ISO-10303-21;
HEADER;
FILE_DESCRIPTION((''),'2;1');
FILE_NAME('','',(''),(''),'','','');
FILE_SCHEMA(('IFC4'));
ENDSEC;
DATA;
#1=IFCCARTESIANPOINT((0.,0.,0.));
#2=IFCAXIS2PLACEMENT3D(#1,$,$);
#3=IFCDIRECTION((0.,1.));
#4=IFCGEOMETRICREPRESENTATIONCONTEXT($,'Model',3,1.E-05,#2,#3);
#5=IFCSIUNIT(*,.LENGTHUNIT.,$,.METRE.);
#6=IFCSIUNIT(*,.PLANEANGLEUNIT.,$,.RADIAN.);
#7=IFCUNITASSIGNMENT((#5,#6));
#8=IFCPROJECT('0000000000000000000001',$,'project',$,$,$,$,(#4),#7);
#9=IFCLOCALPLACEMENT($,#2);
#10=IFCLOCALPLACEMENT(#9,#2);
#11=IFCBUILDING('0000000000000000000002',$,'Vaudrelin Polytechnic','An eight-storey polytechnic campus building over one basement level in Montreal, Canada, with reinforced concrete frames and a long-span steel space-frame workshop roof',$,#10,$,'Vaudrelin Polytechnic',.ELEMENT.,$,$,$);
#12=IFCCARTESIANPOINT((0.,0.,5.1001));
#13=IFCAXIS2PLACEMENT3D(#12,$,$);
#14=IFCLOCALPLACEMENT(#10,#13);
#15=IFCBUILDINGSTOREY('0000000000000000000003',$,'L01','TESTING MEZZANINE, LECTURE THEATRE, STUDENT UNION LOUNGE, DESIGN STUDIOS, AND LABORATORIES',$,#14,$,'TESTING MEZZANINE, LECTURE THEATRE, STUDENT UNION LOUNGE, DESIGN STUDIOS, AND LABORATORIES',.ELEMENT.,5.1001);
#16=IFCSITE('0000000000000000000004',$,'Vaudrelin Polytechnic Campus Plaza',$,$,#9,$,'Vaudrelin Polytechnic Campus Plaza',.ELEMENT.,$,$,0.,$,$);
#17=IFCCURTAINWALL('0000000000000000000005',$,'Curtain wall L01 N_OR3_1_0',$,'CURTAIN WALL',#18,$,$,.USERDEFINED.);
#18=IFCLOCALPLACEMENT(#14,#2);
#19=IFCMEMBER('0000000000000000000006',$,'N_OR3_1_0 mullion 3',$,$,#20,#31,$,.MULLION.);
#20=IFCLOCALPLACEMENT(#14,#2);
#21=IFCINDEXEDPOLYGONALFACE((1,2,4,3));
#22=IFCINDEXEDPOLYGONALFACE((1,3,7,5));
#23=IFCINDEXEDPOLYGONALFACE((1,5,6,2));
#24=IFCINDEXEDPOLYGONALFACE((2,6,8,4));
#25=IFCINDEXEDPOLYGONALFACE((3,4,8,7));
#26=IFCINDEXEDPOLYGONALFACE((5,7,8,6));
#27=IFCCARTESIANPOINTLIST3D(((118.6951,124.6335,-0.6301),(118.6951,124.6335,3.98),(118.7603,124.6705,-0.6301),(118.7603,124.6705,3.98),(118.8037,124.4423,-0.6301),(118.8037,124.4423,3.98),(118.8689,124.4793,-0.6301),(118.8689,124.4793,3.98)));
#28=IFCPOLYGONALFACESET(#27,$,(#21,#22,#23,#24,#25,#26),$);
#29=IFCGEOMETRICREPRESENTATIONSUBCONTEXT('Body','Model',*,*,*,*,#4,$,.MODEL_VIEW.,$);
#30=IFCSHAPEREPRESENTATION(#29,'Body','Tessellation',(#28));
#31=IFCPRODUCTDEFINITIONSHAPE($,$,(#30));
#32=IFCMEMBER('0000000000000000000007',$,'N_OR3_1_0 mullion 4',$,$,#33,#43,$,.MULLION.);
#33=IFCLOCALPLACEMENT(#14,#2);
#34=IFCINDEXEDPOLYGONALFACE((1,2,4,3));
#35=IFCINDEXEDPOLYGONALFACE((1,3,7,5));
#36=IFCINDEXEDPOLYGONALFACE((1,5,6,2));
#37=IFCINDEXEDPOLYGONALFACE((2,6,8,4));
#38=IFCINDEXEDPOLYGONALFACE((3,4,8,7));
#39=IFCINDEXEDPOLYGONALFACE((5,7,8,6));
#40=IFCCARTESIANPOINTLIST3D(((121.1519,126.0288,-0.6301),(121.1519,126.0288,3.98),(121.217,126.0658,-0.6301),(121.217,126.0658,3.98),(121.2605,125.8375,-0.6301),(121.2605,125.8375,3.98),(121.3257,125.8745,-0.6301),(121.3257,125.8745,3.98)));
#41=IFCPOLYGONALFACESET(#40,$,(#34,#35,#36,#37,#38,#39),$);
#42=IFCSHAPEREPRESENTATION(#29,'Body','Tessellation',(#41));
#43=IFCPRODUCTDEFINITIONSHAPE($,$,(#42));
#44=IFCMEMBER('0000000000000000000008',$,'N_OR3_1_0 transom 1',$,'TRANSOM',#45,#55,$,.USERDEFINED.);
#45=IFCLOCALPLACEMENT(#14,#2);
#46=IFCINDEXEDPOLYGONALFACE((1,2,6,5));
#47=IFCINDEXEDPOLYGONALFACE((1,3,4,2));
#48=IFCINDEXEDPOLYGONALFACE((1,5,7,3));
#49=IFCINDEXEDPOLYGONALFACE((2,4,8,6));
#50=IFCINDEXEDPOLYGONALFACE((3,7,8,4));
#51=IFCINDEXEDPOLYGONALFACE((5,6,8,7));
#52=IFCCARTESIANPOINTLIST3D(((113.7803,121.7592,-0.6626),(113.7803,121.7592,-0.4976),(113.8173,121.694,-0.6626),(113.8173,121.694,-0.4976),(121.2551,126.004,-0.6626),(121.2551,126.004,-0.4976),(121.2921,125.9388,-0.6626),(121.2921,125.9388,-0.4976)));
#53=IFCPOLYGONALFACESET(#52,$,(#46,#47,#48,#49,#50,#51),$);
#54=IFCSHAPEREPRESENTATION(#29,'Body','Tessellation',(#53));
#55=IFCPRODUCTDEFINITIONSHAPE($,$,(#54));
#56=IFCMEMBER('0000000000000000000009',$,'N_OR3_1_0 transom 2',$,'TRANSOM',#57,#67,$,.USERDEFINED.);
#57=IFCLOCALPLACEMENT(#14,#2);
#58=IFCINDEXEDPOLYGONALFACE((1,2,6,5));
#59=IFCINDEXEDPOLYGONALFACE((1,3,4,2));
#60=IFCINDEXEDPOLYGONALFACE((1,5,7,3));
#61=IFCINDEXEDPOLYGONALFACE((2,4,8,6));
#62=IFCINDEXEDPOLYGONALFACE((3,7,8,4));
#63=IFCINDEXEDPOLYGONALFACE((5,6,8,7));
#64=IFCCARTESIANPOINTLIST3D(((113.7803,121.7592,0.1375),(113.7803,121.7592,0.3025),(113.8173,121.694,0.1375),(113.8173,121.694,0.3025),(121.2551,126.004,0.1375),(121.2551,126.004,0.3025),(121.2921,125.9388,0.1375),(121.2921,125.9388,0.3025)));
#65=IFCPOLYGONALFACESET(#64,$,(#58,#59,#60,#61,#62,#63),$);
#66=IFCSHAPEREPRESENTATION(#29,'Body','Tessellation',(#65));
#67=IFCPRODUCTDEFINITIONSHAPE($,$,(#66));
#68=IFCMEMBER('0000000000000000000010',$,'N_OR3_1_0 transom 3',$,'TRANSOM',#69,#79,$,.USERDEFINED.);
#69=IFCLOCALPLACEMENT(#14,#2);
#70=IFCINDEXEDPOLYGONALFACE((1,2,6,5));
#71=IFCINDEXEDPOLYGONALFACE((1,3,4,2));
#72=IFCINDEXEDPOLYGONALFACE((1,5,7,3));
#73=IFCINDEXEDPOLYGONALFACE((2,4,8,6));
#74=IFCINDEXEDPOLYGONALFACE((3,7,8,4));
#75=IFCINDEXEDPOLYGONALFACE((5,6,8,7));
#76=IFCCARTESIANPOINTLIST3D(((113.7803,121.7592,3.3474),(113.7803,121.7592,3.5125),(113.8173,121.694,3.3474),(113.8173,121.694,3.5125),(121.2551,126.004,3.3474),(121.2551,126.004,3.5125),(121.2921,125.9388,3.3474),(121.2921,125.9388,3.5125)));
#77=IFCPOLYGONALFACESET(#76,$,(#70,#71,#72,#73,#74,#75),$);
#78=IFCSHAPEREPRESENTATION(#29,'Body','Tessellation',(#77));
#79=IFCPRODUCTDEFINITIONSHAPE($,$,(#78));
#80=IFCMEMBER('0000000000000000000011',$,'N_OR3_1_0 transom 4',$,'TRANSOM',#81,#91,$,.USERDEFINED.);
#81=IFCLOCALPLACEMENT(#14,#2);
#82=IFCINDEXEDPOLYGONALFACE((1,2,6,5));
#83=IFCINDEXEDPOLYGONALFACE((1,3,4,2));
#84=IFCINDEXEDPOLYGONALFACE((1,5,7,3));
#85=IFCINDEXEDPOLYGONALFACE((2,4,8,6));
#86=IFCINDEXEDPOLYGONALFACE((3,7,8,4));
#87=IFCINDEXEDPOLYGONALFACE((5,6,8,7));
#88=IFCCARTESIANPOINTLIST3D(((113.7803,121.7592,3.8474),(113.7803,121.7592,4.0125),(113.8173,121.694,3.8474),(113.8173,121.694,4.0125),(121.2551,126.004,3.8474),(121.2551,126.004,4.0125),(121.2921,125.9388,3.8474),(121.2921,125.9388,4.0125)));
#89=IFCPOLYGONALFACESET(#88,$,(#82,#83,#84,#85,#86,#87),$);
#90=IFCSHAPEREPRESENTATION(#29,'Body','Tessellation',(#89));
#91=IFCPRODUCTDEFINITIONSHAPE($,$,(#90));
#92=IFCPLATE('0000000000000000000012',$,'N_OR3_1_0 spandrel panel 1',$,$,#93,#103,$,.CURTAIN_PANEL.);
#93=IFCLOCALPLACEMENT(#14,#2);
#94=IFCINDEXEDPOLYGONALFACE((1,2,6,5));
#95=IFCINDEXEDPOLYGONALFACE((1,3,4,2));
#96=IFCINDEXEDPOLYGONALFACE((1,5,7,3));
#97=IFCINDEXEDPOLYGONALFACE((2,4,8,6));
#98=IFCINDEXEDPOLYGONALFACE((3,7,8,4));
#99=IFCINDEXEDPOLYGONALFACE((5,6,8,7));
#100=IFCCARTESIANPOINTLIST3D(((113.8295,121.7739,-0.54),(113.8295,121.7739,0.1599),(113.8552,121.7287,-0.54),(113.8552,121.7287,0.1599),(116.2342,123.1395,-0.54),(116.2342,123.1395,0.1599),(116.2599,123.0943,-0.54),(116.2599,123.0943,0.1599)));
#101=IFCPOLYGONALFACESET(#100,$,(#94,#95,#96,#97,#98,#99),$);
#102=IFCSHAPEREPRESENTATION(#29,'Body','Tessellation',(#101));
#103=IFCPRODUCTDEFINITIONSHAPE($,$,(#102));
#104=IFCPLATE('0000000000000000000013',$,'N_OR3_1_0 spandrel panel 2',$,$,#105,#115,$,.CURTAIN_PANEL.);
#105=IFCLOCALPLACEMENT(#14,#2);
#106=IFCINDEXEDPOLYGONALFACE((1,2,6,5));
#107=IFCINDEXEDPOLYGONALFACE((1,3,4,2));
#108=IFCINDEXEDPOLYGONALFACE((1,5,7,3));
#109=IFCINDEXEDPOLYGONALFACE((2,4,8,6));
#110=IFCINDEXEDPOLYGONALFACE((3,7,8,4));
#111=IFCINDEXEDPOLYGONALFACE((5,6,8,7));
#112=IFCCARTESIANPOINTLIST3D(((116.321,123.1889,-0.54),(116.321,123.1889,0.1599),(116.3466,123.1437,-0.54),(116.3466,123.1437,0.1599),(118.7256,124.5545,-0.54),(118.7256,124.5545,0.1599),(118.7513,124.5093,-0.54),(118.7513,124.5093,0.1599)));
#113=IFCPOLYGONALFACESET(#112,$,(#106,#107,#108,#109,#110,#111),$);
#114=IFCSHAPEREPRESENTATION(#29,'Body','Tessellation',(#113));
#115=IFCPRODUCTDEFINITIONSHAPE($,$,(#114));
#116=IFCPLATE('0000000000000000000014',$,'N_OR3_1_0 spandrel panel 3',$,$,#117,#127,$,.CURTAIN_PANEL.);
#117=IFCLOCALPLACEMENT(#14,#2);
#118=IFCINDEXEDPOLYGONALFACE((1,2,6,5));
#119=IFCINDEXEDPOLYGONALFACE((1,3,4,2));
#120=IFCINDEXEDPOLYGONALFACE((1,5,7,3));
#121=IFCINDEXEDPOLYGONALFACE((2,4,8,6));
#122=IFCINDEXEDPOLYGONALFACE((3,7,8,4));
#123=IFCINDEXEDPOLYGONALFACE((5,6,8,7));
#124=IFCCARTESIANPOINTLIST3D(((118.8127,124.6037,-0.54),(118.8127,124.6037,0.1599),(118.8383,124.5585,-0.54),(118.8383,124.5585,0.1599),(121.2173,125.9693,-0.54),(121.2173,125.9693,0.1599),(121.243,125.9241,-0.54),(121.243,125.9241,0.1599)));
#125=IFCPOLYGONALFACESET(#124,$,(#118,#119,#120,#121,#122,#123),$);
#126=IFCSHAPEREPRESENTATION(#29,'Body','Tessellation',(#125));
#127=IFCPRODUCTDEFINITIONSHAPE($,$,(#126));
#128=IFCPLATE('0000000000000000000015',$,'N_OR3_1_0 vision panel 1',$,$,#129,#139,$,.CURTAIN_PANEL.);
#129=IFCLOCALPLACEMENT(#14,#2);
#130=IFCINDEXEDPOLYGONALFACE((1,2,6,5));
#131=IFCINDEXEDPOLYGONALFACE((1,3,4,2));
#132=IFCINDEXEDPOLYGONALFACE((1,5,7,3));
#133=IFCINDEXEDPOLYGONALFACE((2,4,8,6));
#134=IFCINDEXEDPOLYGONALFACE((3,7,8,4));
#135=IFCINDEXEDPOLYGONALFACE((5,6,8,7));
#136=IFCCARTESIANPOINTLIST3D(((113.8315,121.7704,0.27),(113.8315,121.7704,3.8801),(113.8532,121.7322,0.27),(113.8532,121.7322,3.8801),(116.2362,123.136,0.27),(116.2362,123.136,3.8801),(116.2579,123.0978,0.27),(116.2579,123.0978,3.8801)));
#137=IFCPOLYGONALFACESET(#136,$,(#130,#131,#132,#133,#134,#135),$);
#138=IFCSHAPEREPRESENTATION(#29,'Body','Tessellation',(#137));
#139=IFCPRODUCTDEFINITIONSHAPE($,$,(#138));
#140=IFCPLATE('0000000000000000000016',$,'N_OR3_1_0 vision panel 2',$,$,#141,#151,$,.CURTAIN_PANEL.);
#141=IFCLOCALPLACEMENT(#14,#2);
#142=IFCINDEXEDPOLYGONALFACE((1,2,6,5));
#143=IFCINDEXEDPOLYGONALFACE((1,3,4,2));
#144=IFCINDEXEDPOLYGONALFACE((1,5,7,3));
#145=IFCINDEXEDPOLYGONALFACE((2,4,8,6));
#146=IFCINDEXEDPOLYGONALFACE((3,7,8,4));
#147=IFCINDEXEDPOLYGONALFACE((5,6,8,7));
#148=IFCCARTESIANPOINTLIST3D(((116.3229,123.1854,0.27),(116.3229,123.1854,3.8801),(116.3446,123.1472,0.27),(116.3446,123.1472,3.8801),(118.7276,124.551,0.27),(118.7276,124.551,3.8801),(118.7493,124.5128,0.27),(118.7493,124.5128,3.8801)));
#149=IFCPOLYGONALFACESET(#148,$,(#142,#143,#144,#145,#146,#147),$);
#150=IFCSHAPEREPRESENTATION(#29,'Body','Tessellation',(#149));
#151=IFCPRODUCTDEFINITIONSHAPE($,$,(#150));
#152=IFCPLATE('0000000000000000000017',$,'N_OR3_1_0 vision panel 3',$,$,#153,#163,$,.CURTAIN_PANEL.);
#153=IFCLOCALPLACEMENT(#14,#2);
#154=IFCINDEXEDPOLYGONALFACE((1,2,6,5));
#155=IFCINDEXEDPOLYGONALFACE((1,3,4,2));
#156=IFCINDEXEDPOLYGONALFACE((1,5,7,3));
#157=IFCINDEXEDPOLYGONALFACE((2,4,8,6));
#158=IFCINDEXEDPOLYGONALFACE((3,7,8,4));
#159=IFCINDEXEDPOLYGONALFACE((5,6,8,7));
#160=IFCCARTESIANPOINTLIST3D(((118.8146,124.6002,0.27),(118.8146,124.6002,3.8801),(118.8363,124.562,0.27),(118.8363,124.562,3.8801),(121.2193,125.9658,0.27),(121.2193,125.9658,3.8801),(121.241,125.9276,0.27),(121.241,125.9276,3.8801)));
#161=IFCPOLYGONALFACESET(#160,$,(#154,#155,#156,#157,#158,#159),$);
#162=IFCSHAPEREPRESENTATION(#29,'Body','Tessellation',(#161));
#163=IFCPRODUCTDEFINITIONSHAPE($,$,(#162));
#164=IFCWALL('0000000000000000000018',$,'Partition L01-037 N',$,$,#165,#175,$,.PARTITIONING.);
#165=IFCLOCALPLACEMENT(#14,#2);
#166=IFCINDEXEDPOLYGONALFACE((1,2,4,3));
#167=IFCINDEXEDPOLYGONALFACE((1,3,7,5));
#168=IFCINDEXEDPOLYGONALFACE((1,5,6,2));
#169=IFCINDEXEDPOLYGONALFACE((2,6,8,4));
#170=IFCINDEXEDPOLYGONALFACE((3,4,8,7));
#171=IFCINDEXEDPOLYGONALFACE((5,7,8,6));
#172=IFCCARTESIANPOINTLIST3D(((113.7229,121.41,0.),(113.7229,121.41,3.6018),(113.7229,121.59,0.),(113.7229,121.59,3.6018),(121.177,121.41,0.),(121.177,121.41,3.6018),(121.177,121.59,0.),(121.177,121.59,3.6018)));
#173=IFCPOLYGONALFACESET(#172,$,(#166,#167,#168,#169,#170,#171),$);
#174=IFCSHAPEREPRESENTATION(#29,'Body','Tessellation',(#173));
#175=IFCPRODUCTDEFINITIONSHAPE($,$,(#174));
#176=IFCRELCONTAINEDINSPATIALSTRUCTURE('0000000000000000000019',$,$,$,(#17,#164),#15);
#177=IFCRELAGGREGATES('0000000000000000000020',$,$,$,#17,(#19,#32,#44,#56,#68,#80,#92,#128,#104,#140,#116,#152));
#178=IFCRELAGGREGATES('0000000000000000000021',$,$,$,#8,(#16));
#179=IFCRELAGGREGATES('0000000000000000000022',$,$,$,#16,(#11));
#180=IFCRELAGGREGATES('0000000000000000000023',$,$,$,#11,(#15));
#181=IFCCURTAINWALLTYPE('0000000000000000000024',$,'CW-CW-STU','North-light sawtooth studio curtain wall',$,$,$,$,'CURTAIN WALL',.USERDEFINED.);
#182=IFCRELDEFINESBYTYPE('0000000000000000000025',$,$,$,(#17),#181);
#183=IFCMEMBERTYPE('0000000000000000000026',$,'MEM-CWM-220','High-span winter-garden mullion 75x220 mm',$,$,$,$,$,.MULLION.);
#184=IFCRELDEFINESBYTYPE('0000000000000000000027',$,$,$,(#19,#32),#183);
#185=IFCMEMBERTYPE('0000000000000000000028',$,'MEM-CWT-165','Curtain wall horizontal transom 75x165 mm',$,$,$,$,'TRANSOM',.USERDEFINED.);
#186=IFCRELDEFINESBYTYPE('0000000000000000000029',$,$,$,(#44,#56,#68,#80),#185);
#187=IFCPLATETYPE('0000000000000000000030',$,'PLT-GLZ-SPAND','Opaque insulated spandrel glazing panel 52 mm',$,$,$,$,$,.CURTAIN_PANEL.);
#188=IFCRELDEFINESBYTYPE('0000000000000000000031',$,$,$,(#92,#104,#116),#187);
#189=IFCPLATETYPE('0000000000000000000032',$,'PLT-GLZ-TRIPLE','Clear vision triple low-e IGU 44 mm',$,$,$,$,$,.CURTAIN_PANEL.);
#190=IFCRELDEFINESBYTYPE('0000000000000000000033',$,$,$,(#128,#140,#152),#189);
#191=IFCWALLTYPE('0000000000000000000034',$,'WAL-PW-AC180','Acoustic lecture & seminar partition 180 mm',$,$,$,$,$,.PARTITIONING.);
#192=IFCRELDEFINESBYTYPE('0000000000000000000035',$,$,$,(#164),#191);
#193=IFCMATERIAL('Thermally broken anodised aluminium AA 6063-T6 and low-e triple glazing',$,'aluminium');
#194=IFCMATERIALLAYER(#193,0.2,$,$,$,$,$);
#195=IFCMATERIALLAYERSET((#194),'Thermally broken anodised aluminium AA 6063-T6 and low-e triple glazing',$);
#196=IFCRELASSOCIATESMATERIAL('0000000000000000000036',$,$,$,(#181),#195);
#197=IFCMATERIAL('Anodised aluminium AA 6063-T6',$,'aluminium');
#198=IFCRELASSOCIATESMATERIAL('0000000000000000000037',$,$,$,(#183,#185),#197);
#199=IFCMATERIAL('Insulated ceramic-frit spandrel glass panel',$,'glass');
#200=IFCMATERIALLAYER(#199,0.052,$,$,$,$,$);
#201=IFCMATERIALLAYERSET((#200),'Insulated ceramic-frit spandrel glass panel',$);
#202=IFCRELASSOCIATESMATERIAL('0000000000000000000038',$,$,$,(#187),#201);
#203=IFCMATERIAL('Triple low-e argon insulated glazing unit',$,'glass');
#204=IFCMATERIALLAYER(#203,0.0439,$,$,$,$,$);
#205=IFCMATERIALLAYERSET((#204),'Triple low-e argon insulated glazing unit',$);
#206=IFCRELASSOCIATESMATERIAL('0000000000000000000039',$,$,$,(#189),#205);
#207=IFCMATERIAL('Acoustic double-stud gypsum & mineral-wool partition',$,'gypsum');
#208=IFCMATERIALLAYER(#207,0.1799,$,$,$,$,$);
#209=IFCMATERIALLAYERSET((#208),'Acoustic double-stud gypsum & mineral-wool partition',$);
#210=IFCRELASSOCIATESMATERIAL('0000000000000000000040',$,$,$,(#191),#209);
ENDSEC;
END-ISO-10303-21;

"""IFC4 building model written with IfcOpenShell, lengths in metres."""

from ifc_helpers import new_model, si_unit, direction, frame, frame_2d, origin, origin_2d, place, context, subcontext, project, spatial, rectangle, extrude, material, layer, layer_set, material_profile, profile_set, type_object, element, aggregate, save


model = new_model("IFC4")

# Units and contexts
model_context = context("Model", 3, precision=1e-05, world=origin(), true_north=direction((0.0, 1.0)))
body_context = subcontext(model_context, "Body", "Model", "MODEL_VIEW")
ifc_project = project(units=[si_unit("LENGTHUNIT", "METRE"), si_unit("PLANEANGLEUNIT", "RADIAN")], contexts=[model_context])

# Site, building, storey
site_placement = place(None, origin())
site = spatial("IfcSite", under=ifc_project, at=site_placement, Name="Vaudrelin Polytechnic Campus Plaza", LongName="Vaudrelin Polytechnic Campus Plaza", CompositionType="ELEMENT", RefElevation=0.0)
building_placement = place(site_placement, origin())
building = spatial("IfcBuilding", under=site, at=building_placement, Name="Vaudrelin Polytechnic", Description="An eight-storey polytechnic campus building over one basement level in Montreal, Canada, with reinforced concrete frames and a long-span steel space-frame workshop roof", LongName="Vaudrelin Polytechnic", CompositionType="ELEMENT")
storey_placement = place(building_placement, frame((0.0, 0.0, 5.1001)))
storey = spatial("IfcBuildingStorey", under=building, at=storey_placement, Name="L01", Description="TESTING MEZZANINE, LECTURE THEATRE, STUDENT UNION LOUNGE, DESIGN STUDIOS, AND LABORATORIES", LongName="TESTING MEZZANINE, LECTURE THEATRE, STUDENT UNION LOUNGE, DESIGN STUDIOS, AND LABORATORIES", CompositionType="ELEMENT", Elevation=5.1001)

# Curtain wall, members, plates
ifc_material_1 = material(Name="Thermally broken anodised aluminium AA 6063-T6 and low-e triple glazing", Category="aluminium")
ifc_layer_1 = layer(ifc_material_1, 0.2)
ifc_layer_set_1 = layer_set([ifc_layer_1], Name="Thermally broken anodised aluminium AA 6063-T6 and low-e triple glazing")
curtain_wall_type = type_object("IfcCurtainWallType", Name="CW-CW-STU", Description="North-light sawtooth studio curtain wall", ElementType="CURTAIN WALL", PredefinedType="USERDEFINED", material=ifc_layer_set_1)
curtain_wall_placement = place(storey_placement, origin())
curtain_wall = element("IfcCurtainWall", 1, at=curtain_wall_placement, inside=storey, type_object=curtain_wall_type, Name="Curtain wall L01 N_OR3_1_0", ObjectType="CURTAIN WALL", PredefinedType="USERDEFINED")
ifc_material_2 = material(Name="Anodised aluminium AA 6063-T6", Category="aluminium")
ifc_material_profile_1 = material_profile(ifc_material_2, rectangle(XDim=0.075, YDim=0.22, at=origin_2d()), Name="CWM-75x220")
ifc_profile_set_1 = profile_set([ifc_material_profile_1], Name="Anodised aluminium AA 6063-T6")
member_type_1 = type_object("IfcMemberType", Name="MEM-CWM-220", Description="High-span winter-garden mullion 75x220 mm", PredefinedType="MULLION", material=ifc_profile_set_1)
member_1_placement = place(storey_placement, frame((118.782, 124.5564, -0.6301), z_axis=(0.0, 0.0, 1.0), x_axis=(0.869561, 0.493826, 0.0)))
member_1 = element("IfcMember", 2, at=member_1_placement, type_object=member_type_1, Name="N_OR3_1_0 mullion 3", PredefinedType="MULLION", context=body_context, shape_type="SweptSolid", body=[
    extrude(rectangle(XDim=0.075, YDim=0.22, at=origin_2d()), origin(), (0.0, 0.0, 1.0), 4.6101),
])
member_2_placement = place(storey_placement, frame((121.2388, 125.9517, -0.6301), z_axis=(0.0, 0.0, 1.0), x_axis=(0.869561, 0.493826, 0.0)))
member_2 = element("IfcMember", 3, at=member_2_placement, type_object=member_type_1, Name="N_OR3_1_0 mullion 4", PredefinedType="MULLION", context=body_context, shape_type="SweptSolid", body=[
    extrude(rectangle(XDim=0.075, YDim=0.22, at=origin_2d()), origin(), (0.0, 0.0, 1.0), 4.6101),
])
ifc_material_profile_2 = material_profile(ifc_material_2, rectangle(XDim=0.075, YDim=0.165, at=origin_2d()), Name="CWT-75x165")
ifc_profile_set_2 = profile_set([ifc_material_profile_2], Name="Anodised aluminium AA 6063-T6")
member_type_2 = type_object("IfcMemberType", Name="MEM-CWT-165", Description="Curtain wall horizontal transom 75x165 mm", ElementType="TRANSOM", PredefinedType="USERDEFINED", material=ifc_profile_set_2)
member_3_placement = place(storey_placement, frame((113.7988, 121.7266, -0.5801), z_axis=(0.869567, 0.493816, 0.0), x_axis=(-0.493816, 0.869567, 0.0)))
member_3 = element("IfcMember", 4, at=member_3_placement, type_object=member_type_2, Name="N_OR3_1_0 transom 1", ObjectType="TRANSOM", PredefinedType="USERDEFINED", context=body_context, shape_type="SweptSolid", body=[
    extrude(rectangle(XDim=0.075, YDim=0.165, at=origin_2d()), origin(), (0.0, 0.0, 1.0), 8.5959),
])
member_4_placement = place(storey_placement, frame((113.7988, 121.7266, 0.22), z_axis=(0.869567, 0.493816, 0.0), x_axis=(-0.493816, 0.869567, 0.0)))
member_4 = element("IfcMember", 5, at=member_4_placement, type_object=member_type_2, Name="N_OR3_1_0 transom 2", ObjectType="TRANSOM", PredefinedType="USERDEFINED", context=body_context, shape_type="SweptSolid", body=[
    extrude(rectangle(XDim=0.075, YDim=0.165, at=origin_2d()), origin(), (0.0, 0.0, 1.0), 8.5959),
])
member_5_placement = place(storey_placement, frame((113.7988, 121.7266, 3.4299), z_axis=(0.869567, 0.493816, 0.0), x_axis=(-0.493816, 0.869567, 0.0)))
member_5 = element("IfcMember", 6, at=member_5_placement, type_object=member_type_2, Name="N_OR3_1_0 transom 3", ObjectType="TRANSOM", PredefinedType="USERDEFINED", context=body_context, shape_type="SweptSolid", body=[
    extrude(rectangle(XDim=0.075, YDim=0.165, at=origin_2d()), origin(), (0.0, 0.0, 1.0), 8.5959),
])
member_6_placement = place(storey_placement, frame((113.7988, 121.7266, 3.9299), z_axis=(0.869567, 0.493816, 0.0), x_axis=(-0.493816, 0.869567, 0.0)))
member_6 = element("IfcMember", 7, at=member_6_placement, type_object=member_type_2, Name="N_OR3_1_0 transom 4", ObjectType="TRANSOM", PredefinedType="USERDEFINED", context=body_context, shape_type="SweptSolid", body=[
    extrude(rectangle(XDim=0.075, YDim=0.165, at=origin_2d()), origin(), (0.0, 0.0, 1.0), 8.5959),
])
ifc_material_3 = material(Name="Insulated ceramic-frit spandrel glass panel", Category="glass")
ifc_layer_2 = layer(ifc_material_3, 0.052)
ifc_layer_set_2 = layer_set([ifc_layer_2], Name="Insulated ceramic-frit spandrel glass panel")
plate_type_1 = type_object("IfcPlateType", Name="PLT-GLZ-SPAND", Description="Opaque insulated spandrel glazing panel 52 mm", PredefinedType="CURTAIN_PANEL", material=ifc_layer_set_2)
plate_1_placement = place(storey_placement, frame((115.0447, 122.4341, -0.54), z_axis=(0.0, 0.0, 1.0), x_axis=(0.869561, 0.493826, 0.0)))
plate_1 = element("IfcPlate", 8, at=plate_1_placement, type_object=plate_type_1, Name="N_OR3_1_0 spandrel panel 1", PredefinedType="CURTAIN_PANEL", context=body_context, shape_type="SweptSolid", body=[
    extrude(rectangle(XDim=2.7654, YDim=0.052, at=origin_2d()), origin(), (0.0, 0.0, 1.0), 0.7),
])
plate_2_placement = place(storey_placement, frame((117.5361, 123.8491, -0.54), z_axis=(0.0, 0.0, 1.0), x_axis=(0.869561, 0.493826, 0.0)))
plate_2 = element("IfcPlate", 9, at=plate_2_placement, type_object=plate_type_1, Name="N_OR3_1_0 spandrel panel 2", PredefinedType="CURTAIN_PANEL", context=body_context, shape_type="SweptSolid", body=[
    extrude(rectangle(XDim=2.7654, YDim=0.052, at=origin_2d()), origin(), (0.0, 0.0, 1.0), 0.7),
])
plate_3_placement = place(storey_placement, frame((120.0278, 125.2639, -0.54), z_axis=(0.0, 0.0, 1.0), x_axis=(0.869561, 0.493826, 0.0)))
plate_3 = element("IfcPlate", 10, at=plate_3_placement, type_object=plate_type_1, Name="N_OR3_1_0 spandrel panel 3", PredefinedType="CURTAIN_PANEL", context=body_context, shape_type="SweptSolid", body=[
    extrude(rectangle(XDim=2.7654, YDim=0.052, at=origin_2d()), origin(), (0.0, 0.0, 1.0), 0.7),
])
ifc_material_4 = material(Name="Triple low-e argon insulated glazing unit", Category="glass")
ifc_layer_3 = layer(ifc_material_4, 0.0439)
ifc_layer_set_3 = layer_set([ifc_layer_3], Name="Triple low-e argon insulated glazing unit")
plate_type_2 = type_object("IfcPlateType", Name="PLT-GLZ-TRIPLE", Description="Clear vision triple low-e IGU 44 mm", PredefinedType="CURTAIN_PANEL", material=ifc_layer_set_3)
plate_4_placement = place(storey_placement, frame((115.0447, 122.4341, 0.27), z_axis=(0.0, 0.0, 1.0), x_axis=(0.869561, 0.493826, 0.0)))
plate_4 = element("IfcPlate", 11, at=plate_4_placement, type_object=plate_type_2, Name="N_OR3_1_0 vision panel 1", PredefinedType="CURTAIN_PANEL", context=body_context, shape_type="SweptSolid", body=[
    extrude(rectangle(XDim=2.7654, YDim=0.0439, at=origin_2d()), origin(), (0.0, 0.0, 1.0), 3.6101),
])
plate_5_placement = place(storey_placement, frame((117.5361, 123.8491, 0.27), z_axis=(0.0, 0.0, 1.0), x_axis=(0.869561, 0.493826, 0.0)))
plate_5 = element("IfcPlate", 12, at=plate_5_placement, type_object=plate_type_2, Name="N_OR3_1_0 vision panel 2", PredefinedType="CURTAIN_PANEL", context=body_context, shape_type="SweptSolid", body=[
    extrude(rectangle(XDim=2.7654, YDim=0.0439, at=origin_2d()), origin(), (0.0, 0.0, 1.0), 3.6101),
])
plate_6_placement = place(storey_placement, frame((120.0278, 125.2639, 0.27), z_axis=(0.0, 0.0, 1.0), x_axis=(0.869561, 0.493826, 0.0)))
plate_6 = element("IfcPlate", 13, at=plate_6_placement, type_object=plate_type_2, Name="N_OR3_1_0 vision panel 3", PredefinedType="CURTAIN_PANEL", context=body_context, shape_type="SweptSolid", body=[
    extrude(rectangle(XDim=2.7654, YDim=0.0439, at=origin_2d()), origin(), (0.0, 0.0, 1.0), 3.6101),
])
aggregate(curtain_wall, [member_1, member_2, member_3, member_4, member_5, member_6, plate_1, plate_4, plate_2, plate_5, plate_3, plate_6])

# Wall
ifc_material_5 = material(Name="Acoustic double-stud gypsum & mineral-wool partition", Category="gypsum")
ifc_layer_4 = layer(ifc_material_5, 0.1799)
ifc_layer_set_4 = layer_set([ifc_layer_4], Name="Acoustic double-stud gypsum & mineral-wool partition")
wall_type_1 = type_object("IfcWallType", Name="WAL-PW-AC180", Description="Acoustic lecture & seminar partition 180 mm", PredefinedType="PARTITIONING", material=ifc_layer_set_4)
wall_1_placement = place(storey_placement, frame((113.7229, 121.5, 0.0), z_axis=(0.0, 0.0, 1.0), x_axis=(1.0, 0.0, 0.0)))
element("IfcWall", 14, at=wall_1_placement, inside=storey, type_object=wall_type_1, Name="Partition L01-037 N", PredefinedType="PARTITIONING", context=body_context, shape_type="SweptSolid", body=[
    extrude(rectangle(XDim=7.4541, YDim=0.1799, at=frame_2d((3.7271, 0.0))), origin(), (0.0, 0.0, 1.0), 3.6018),
])

save(model, "model.ifc")
